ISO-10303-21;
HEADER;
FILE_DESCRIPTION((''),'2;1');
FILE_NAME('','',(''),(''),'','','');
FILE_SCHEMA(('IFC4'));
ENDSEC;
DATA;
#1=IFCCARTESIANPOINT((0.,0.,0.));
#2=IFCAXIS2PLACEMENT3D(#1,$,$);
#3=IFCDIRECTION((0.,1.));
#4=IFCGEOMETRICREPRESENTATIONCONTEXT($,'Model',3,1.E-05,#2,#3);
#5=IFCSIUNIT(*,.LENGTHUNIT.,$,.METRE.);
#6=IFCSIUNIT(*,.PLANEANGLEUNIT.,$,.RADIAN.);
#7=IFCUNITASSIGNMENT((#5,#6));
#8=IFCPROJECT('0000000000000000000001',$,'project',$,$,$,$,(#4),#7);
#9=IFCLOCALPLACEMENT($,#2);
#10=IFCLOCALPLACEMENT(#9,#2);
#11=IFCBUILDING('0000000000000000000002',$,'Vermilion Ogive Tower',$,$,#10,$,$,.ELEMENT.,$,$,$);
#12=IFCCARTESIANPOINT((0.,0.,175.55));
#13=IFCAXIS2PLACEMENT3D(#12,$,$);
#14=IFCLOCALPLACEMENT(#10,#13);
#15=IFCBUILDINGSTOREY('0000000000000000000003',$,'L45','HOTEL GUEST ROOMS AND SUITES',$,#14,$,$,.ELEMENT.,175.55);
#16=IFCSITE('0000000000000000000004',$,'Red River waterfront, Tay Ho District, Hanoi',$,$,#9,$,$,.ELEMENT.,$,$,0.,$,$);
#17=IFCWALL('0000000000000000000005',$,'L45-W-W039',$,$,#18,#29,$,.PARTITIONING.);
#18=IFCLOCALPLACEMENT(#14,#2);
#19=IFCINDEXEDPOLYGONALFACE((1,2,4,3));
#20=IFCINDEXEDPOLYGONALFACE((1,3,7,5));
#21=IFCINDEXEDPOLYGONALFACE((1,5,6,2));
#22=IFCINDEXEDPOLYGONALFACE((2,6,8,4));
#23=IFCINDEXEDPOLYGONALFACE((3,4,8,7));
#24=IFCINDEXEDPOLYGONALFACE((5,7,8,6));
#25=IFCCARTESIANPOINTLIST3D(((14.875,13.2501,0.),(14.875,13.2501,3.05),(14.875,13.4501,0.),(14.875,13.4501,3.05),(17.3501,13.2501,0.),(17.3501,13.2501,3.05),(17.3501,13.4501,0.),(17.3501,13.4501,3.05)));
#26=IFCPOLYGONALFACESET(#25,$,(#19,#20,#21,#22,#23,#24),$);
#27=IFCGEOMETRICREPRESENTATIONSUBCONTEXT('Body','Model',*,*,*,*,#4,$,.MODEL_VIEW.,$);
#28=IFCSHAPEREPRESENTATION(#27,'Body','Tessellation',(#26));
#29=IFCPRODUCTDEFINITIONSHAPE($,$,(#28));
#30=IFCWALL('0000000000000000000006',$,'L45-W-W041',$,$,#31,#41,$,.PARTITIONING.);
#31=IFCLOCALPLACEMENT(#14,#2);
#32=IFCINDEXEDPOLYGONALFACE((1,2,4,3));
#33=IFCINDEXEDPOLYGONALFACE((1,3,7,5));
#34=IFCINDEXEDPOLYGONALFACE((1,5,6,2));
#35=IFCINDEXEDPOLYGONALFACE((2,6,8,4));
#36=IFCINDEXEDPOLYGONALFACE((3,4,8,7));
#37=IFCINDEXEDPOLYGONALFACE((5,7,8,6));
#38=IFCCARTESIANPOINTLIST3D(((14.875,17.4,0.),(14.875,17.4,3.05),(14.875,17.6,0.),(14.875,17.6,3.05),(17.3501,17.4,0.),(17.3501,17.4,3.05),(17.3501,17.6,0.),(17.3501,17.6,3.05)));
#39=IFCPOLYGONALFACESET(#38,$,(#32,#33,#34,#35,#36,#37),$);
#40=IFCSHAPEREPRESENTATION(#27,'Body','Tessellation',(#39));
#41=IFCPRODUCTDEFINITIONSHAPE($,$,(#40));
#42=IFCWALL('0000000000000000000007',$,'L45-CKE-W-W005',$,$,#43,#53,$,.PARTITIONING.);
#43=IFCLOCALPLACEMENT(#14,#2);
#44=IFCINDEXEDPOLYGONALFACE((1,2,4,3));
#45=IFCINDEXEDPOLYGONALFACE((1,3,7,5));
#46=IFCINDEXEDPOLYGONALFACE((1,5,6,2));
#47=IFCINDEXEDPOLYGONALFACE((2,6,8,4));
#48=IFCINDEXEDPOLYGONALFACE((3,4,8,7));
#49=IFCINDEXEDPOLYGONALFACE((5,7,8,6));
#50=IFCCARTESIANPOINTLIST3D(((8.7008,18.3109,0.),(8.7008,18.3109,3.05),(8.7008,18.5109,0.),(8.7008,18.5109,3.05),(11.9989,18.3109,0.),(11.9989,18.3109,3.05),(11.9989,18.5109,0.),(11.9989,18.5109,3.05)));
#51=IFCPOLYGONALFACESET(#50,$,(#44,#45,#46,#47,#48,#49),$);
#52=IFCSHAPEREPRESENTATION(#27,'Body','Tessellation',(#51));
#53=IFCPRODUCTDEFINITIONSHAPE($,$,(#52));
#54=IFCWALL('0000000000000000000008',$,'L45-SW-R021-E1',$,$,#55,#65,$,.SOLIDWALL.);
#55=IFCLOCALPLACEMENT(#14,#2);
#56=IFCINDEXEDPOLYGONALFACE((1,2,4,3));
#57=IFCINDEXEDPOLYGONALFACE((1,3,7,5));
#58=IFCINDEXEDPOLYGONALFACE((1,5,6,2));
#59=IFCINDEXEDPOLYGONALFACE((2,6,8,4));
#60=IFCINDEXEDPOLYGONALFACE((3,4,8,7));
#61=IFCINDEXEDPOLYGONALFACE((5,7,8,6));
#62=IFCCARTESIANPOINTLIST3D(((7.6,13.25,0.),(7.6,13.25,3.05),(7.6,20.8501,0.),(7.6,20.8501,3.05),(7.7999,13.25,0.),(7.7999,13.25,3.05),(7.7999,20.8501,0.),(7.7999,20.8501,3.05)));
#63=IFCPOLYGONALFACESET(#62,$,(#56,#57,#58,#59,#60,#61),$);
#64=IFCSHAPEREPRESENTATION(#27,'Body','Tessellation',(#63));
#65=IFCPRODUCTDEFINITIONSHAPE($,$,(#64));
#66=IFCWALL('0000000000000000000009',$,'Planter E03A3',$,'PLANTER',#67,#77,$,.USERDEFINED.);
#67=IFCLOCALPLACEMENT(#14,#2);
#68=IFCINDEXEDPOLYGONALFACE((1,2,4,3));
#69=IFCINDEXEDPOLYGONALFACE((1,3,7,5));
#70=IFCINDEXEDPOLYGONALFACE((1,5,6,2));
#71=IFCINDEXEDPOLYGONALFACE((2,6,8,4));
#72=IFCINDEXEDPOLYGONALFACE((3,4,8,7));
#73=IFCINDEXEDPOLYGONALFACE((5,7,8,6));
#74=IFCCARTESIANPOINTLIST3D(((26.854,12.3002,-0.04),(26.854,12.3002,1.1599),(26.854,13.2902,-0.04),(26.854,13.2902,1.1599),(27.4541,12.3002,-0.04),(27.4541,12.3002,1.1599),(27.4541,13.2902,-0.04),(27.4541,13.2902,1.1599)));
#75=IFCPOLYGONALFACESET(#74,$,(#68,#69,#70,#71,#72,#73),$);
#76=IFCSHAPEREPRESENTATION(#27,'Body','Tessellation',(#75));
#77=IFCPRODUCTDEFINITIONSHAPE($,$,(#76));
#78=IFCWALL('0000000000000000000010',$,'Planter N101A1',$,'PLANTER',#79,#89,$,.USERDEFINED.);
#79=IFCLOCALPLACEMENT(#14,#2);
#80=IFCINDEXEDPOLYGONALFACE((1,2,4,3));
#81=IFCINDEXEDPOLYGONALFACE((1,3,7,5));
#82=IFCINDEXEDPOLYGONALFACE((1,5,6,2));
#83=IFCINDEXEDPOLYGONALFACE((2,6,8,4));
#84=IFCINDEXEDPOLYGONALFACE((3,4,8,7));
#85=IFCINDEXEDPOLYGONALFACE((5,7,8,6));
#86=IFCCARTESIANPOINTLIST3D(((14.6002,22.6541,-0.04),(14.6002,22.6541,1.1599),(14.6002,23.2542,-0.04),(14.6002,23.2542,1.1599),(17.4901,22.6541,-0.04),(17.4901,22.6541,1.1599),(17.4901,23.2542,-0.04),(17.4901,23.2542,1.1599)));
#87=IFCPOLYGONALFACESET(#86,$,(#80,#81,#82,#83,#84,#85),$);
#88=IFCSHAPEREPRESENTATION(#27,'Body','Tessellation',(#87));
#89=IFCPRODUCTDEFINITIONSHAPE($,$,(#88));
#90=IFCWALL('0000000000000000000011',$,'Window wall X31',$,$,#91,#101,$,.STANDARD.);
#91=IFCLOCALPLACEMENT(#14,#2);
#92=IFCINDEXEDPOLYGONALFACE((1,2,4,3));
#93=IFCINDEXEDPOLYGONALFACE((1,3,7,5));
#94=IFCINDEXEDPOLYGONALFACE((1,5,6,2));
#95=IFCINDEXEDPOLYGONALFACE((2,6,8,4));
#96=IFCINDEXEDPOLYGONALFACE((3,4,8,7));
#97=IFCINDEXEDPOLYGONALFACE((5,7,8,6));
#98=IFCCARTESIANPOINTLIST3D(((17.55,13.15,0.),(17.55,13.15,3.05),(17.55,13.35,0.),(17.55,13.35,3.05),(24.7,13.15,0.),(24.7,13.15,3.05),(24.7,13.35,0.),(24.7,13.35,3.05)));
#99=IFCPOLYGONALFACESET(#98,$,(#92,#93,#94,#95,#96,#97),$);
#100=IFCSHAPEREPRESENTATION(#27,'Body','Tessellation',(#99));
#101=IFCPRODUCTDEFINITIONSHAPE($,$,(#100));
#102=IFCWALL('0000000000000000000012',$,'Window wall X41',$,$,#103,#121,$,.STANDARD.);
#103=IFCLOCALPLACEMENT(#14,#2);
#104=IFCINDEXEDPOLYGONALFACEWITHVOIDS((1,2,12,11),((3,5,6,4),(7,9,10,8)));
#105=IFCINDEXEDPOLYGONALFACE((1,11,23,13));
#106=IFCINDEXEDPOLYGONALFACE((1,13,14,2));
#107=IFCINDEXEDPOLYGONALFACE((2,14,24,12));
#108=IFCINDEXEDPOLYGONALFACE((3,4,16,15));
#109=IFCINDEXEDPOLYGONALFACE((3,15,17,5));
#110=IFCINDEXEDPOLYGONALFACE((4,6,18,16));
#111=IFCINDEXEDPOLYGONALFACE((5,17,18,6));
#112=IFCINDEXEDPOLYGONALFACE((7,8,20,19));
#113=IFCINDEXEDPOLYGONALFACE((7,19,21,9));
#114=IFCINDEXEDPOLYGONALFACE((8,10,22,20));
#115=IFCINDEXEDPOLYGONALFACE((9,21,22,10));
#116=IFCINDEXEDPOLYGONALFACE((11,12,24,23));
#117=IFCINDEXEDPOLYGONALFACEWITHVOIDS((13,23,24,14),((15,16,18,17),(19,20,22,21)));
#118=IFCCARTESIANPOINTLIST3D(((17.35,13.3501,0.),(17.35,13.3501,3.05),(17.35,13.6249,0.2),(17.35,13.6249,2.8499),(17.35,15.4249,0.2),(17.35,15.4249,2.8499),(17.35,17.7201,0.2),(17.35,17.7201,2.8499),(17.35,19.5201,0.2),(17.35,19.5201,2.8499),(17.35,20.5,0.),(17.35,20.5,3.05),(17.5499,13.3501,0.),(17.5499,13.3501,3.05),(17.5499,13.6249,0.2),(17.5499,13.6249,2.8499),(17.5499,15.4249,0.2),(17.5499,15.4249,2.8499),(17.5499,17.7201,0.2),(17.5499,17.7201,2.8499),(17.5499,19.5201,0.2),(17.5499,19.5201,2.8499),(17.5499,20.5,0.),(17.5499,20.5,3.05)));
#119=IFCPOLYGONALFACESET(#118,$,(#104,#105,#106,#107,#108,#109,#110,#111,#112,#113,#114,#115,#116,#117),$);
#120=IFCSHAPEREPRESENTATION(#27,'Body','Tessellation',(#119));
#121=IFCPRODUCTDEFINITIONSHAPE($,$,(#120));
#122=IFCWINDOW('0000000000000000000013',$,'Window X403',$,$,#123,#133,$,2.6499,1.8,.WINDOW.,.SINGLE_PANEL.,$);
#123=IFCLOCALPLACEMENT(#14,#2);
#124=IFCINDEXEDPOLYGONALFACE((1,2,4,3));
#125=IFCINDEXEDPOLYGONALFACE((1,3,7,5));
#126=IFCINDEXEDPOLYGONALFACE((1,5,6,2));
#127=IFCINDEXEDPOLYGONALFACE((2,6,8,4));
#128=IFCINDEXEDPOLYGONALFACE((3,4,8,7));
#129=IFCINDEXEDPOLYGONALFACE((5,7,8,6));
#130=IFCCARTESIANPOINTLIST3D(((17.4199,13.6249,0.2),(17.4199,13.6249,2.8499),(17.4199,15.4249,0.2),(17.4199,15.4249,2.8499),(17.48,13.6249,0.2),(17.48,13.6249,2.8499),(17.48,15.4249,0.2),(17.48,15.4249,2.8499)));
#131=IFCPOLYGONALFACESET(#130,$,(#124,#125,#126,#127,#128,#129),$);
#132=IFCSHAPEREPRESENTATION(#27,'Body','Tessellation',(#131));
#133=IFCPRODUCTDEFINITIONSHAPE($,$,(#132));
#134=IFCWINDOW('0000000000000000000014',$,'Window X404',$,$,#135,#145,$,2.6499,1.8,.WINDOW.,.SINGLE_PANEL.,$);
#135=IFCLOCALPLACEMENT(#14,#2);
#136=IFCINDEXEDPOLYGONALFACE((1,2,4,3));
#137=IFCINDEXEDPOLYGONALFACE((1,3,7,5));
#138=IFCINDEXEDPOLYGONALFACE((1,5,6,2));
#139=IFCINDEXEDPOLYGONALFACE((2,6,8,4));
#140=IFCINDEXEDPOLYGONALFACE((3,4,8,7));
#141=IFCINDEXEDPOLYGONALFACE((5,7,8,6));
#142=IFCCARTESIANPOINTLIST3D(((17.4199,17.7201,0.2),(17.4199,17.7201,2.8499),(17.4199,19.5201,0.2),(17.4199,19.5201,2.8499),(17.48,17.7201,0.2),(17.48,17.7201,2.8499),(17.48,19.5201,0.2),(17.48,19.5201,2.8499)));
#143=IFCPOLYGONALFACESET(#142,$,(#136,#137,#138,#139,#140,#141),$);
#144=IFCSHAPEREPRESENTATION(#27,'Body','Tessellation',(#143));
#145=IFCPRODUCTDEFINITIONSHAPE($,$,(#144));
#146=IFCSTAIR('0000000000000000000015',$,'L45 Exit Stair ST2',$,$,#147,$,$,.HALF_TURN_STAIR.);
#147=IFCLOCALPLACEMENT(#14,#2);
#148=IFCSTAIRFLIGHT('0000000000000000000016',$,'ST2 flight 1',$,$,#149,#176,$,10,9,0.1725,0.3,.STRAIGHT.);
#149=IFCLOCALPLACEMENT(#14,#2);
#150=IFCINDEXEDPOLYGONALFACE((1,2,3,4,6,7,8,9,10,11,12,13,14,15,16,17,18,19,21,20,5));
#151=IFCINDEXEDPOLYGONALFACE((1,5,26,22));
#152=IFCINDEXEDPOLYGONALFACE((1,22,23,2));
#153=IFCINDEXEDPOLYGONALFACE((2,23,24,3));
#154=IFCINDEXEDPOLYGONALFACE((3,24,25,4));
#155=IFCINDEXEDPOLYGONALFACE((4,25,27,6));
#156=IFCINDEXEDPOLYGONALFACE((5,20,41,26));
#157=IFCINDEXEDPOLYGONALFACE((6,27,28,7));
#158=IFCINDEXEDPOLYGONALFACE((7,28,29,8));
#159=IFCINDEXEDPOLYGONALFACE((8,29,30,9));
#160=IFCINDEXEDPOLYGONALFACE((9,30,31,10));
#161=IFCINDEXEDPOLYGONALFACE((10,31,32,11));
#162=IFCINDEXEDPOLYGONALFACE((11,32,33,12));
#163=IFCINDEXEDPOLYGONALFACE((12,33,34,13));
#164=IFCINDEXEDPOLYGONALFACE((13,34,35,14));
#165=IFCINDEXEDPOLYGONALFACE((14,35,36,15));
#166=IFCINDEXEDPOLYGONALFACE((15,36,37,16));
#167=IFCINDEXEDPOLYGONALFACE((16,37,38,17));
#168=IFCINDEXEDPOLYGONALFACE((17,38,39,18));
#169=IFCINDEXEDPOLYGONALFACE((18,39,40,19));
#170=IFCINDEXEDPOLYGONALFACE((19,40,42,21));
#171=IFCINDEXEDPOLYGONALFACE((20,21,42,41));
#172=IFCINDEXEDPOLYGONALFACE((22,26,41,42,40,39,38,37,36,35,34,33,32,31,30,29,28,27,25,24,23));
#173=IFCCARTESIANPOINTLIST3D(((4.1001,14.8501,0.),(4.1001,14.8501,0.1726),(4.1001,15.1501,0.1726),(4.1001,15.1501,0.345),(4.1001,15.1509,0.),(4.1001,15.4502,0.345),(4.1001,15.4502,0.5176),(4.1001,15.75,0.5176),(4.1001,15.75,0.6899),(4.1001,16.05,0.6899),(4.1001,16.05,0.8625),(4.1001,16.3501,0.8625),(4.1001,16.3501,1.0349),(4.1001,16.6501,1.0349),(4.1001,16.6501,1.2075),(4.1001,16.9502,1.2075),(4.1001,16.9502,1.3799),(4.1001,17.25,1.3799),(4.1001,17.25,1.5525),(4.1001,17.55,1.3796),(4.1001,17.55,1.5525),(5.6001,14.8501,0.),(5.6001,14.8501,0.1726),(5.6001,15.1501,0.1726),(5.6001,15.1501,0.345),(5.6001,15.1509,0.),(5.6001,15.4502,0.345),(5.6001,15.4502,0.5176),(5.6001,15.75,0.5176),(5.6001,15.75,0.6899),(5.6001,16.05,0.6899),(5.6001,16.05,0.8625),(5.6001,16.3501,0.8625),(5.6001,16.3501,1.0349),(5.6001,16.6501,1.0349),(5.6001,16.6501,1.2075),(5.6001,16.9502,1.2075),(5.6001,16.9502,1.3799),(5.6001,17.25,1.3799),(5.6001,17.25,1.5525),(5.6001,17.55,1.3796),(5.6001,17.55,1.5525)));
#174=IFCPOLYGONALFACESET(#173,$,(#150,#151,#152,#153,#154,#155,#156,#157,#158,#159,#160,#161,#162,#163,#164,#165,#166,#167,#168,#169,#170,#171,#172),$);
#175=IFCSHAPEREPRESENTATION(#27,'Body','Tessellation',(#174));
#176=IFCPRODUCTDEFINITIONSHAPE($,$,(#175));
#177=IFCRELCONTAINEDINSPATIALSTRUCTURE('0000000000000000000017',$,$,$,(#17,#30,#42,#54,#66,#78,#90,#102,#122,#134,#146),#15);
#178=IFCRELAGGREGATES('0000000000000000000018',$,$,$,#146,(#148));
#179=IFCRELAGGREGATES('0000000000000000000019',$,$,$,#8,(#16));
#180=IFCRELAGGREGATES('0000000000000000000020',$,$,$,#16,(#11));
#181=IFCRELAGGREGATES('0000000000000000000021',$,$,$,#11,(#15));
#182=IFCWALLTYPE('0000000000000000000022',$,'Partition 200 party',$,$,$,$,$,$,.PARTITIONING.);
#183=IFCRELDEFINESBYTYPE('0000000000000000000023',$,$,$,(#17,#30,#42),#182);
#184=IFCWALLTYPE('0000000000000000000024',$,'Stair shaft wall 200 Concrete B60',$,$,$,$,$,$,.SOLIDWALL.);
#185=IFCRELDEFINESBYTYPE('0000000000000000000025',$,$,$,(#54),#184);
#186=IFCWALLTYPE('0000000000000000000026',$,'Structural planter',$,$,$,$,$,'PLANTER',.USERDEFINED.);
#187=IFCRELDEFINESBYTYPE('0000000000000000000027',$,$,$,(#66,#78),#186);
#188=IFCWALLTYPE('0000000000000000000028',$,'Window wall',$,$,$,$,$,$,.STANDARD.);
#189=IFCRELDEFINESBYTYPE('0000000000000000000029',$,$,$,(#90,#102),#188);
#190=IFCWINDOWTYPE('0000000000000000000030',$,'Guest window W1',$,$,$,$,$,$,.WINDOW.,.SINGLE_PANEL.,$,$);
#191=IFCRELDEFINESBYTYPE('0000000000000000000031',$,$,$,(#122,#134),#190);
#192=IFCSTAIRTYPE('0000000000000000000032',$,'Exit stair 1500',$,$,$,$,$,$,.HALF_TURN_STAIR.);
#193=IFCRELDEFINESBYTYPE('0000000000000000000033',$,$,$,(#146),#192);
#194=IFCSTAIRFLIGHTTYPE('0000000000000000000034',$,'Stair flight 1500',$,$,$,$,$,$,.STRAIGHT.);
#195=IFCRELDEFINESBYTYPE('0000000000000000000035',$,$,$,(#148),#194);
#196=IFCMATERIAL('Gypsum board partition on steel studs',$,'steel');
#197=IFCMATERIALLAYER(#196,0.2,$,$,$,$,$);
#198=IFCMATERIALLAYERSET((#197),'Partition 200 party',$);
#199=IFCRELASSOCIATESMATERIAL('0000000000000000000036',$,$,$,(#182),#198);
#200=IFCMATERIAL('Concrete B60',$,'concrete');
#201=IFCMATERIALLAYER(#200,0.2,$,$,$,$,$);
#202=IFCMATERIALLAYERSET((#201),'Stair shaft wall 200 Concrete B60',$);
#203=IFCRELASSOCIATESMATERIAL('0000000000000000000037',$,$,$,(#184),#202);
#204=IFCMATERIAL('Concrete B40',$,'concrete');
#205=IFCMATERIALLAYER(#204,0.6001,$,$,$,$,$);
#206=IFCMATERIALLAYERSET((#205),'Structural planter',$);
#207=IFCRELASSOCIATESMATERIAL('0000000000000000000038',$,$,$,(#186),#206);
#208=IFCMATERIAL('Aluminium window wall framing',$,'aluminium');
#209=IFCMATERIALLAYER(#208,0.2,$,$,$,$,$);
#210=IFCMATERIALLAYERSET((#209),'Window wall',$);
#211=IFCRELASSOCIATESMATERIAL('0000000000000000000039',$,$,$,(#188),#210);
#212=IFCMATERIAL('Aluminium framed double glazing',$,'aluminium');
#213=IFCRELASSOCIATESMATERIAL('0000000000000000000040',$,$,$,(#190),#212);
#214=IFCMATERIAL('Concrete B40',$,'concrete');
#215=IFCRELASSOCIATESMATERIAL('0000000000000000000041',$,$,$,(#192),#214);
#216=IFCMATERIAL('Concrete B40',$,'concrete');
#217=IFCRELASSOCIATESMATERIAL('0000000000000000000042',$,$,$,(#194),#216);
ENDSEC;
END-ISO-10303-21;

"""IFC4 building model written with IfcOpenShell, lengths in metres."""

from ifc_helpers import new_model, si_unit, direction, frame, frame_2d, origin, place, context, subcontext, project, spatial, polyline, rectangle, outline, extrude, material, layer, layer_set, type_object, element, fill, aggregate, save


model = new_model("IFC4")

# Units and contexts
model_context = context("Model", 3, precision=1e-05, world=origin(), true_north=direction((0.0, 1.0)))
body_context = subcontext(model_context, "Body", "Model", "MODEL_VIEW")
ifc_project = project(units=[si_unit("LENGTHUNIT", "METRE"), si_unit("PLANEANGLEUNIT", "RADIAN")], contexts=[model_context])

# Site, building, storey
site_placement = place(None, origin())
site = spatial("IfcSite", under=ifc_project, at=site_placement, Name="Red River waterfront, Tay Ho District, Hanoi", CompositionType="ELEMENT", RefElevation=0.0)
building_placement = place(site_placement, origin())
building = spatial("IfcBuilding", under=site, at=building_placement, Name="Vermilion Ogive Tower", CompositionType="ELEMENT")
storey_placement = place(building_placement, frame((0.0, 0.0, 175.55)))
storey = spatial("IfcBuildingStorey", under=building, at=storey_placement, Name="L45", Description="HOTEL GUEST ROOMS AND SUITES", CompositionType="ELEMENT", Elevation=175.55)

# Walls
ifc_material_1 = material(Name="Gypsum board partition on steel studs", Category="steel")
ifc_layer_1 = layer(ifc_material_1, 0.2)
ifc_layer_set_1 = layer_set([ifc_layer_1], Name="Partition 200 party")
wall_type_1 = type_object("IfcWallType", Name="Partition 200 party", PredefinedType="PARTITIONING", material=ifc_layer_set_1)
for number, where, z_axis, x_axis, name in (
    (1, (14.875, 13.3501, 0.0), (0.0, 0.0, 1.0), (1.0, 0.0, 0.0), "L45-W-W039"),
    (2, (14.875, 17.5, 0.0), (0.0, 0.0, 1.0), (1.0, 0.0, 0.0), "L45-W-W041"),
):
    element("IfcWall", number, at=place(storey_placement, frame(where, z_axis=z_axis, x_axis=x_axis)), inside=storey, type_object=wall_type_1, Name=name, PredefinedType="PARTITIONING", context=body_context, shape_type="SweptSolid", body=[
        extrude(rectangle(XDim=2.4751, YDim=0.2, at=frame_2d((1.2375, 0.0))), origin(), (0.0, 0.0, 1.0), 3.05),
    ])
wall_1_placement = place(storey_placement, frame((8.7009, 18.4109, 0.0), z_axis=(0.0, 0.0, 1.0), x_axis=(1.0, 0.0, 0.0)))
element("IfcWall", 3, at=wall_1_placement, inside=storey, type_object=wall_type_1, Name="L45-CKE-W-W005", PredefinedType="PARTITIONING", context=body_context, shape_type="SweptSolid", body=[
    extrude(rectangle(XDim=3.2981, YDim=0.2, at=frame_2d((1.6489, 0.0))), origin(), (0.0, 0.0, 1.0), 3.05),
])
ifc_material_2 = material(Name="Concrete B60", Category="concrete")
ifc_layer_2 = layer(ifc_material_2, 0.2)
ifc_layer_set_2 = layer_set([ifc_layer_2], Name="Stair shaft wall 200 Concrete B60")
wall_type_2 = type_object("IfcWallType", Name="Stair shaft wall 200 Concrete B60", PredefinedType="SOLIDWALL", material=ifc_layer_set_2)
wall_2_placement = place(storey_placement, frame((7.7, 13.25, 0.0), z_axis=(0.0, 0.0, 1.0), x_axis=(0.0, 1.0, 0.0)))
element("IfcWall", 4, at=wall_2_placement, inside=storey, type_object=wall_type_2, Name="L45-SW-R021-E1", PredefinedType="SOLIDWALL", context=body_context, shape_type="SweptSolid", body=[
    extrude(rectangle(XDim=7.6001, YDim=0.2, at=frame_2d((3.8, 0.0))), origin(), (0.0, 0.0, 1.0), 3.05),
])
ifc_material_3 = material(Name="Concrete B40", Category="concrete")
ifc_layer_3 = layer(ifc_material_3, 0.6001)
ifc_layer_set_3 = layer_set([ifc_layer_3], Name="Structural planter")
wall_type_3 = type_object("IfcWallType", Name="Structural planter", ElementType="PLANTER", PredefinedType="USERDEFINED", material=ifc_layer_set_3)
wall_3_placement = place(storey_placement, frame((27.1541, 12.3, -0.04), z_axis=(0.0, 0.0, 1.0), x_axis=(0.0, 1.0, 0.0)))
element("IfcWall", 5, at=wall_3_placement, inside=storey, type_object=wall_type_3, Name="Planter E03A3", ObjectType="PLANTER", PredefinedType="USERDEFINED", context=body_context, shape_type="SweptSolid", body=[
    extrude(rectangle(XDim=0.99, YDim=0.6001, at=frame_2d((0.4951, 0.0))), origin(), (0.0, 0.0, 1.0), 1.2),
])
wall_4_placement = place(storey_placement, frame((17.49, 22.9541, -0.04), z_axis=(0.0, 0.0, 1.0), x_axis=(-1.0, 0.0, 0.0)))
element("IfcWall", 6, at=wall_4_placement, inside=storey, type_object=wall_type_3, Name="Planter N101A1", ObjectType="PLANTER", PredefinedType="USERDEFINED", context=body_context, shape_type="SweptSolid", body=[
    extrude(rectangle(XDim=2.8899, YDim=0.6001, at=frame_2d((1.4448, 0.0))), origin(), (0.0, 0.0, 1.0), 1.2),
])
ifc_material_4 = material(Name="Aluminium window wall framing", Category="aluminium")
ifc_layer_4 = layer(ifc_material_4, 0.2)
ifc_layer_set_4 = layer_set([ifc_layer_4], Name="Window wall")
wall_type_4 = type_object("IfcWallType", Name="Window wall", PredefinedType="STANDARD", material=ifc_layer_set_4)
wall_5_placement = place(storey_placement, frame((24.7, 13.25, 0.0), z_axis=(0.0, 0.0, 1.0), x_axis=(-1.0, 0.0, 0.0)))
element("IfcWall", 7, at=wall_5_placement, inside=storey, type_object=wall_type_4, Name="Window wall X31", PredefinedType="STANDARD", context=body_context, shape_type="SweptSolid", body=[
    extrude(rectangle(XDim=7.1499, YDim=0.2, at=frame_2d((3.575, 0.0))), origin(), (0.0, 0.0, 1.0), 3.05),
])

# Wall, openings, windows
wall_6_placement = place(storey_placement, frame((17.45, 13.3501, 0.0), z_axis=(0.0, 0.0, 1.0), x_axis=(0.0, 1.0, 0.0)))
wall_6 = element("IfcWall", 8, at=wall_6_placement, inside=storey, type_object=wall_type_4, Name="Window wall X41", PredefinedType="STANDARD", context=body_context, shape_type="SweptSolid", body=[
    extrude(rectangle(XDim=7.1499, YDim=0.2, at=frame_2d((3.575, 0.0))), origin(), (0.0, 0.0, 1.0), 3.05),
])
opening_1_placement = place(wall_6_placement, frame((0.2749, 0.0, 0.2)))
opening_1 = element("IfcOpeningElement", 9, at=opening_1_placement, cuts=wall_6, PredefinedType="OPENING", context=body_context, shape_type="SweptSolid", body=[
    extrude(rectangle(XDim=1.8, YDim=2.6499, at=frame_2d((0.8999, 1.325))), frame((0.0, 0.1099, 0.0), z_axis=(0.0, -1.0, 0.0), x_axis=(1.0, 0.0, 0.0)), (0.0, 0.0, 1.0), 0.22),
])
opening_2_placement = place(wall_6_placement, frame((4.3701, 0.0, 0.2)))
opening_2 = element("IfcOpeningElement", 10, at=opening_2_placement, cuts=wall_6, PredefinedType="OPENING", context=body_context, shape_type="SweptSolid", body=[
    extrude(rectangle(XDim=1.8, YDim=2.6499, at=frame_2d((0.8999, 1.325))), frame((0.0, 0.1099, 0.0), z_axis=(0.0, -1.0, 0.0), x_axis=(1.0, 0.0, 0.0)), (0.0, 0.0, 1.0), 0.22),
])
ifc_material_5 = material(Name="Aluminium framed double glazing", Category="aluminium")
window_type = type_object("IfcWindowType", Name="Guest window W1", PartitioningType="SINGLE_PANEL", PredefinedType="WINDOW", material=ifc_material_5)
window_1_placement = place(opening_1_placement, origin())
window_1 = element("IfcWindow", 11, at=window_1_placement, inside=storey, type_object=window_type, Name="Window X403", OverallHeight=2.6499, OverallWidth=1.8, PartitioningType="SINGLE_PANEL", PredefinedType="WINDOW", context=body_context, shape_type="SweptSolid", body=[
    extrude(rectangle(XDim=1.8, YDim=2.6499, at=frame_2d((0.8999, 1.325))), frame((0.0, 0.03, 0.0), z_axis=(0.0, -1.0, 0.0), x_axis=(1.0, 0.0, 0.0)), (0.0, 0.0, 1.0), 0.0601),
])
fill(opening_1, window_1)
window_2_placement = place(opening_2_placement, origin())
window_2 = element("IfcWindow", 12, at=window_2_placement, inside=storey, type_object=window_type, Name="Window X404", OverallHeight=2.6499, OverallWidth=1.8, PartitioningType="SINGLE_PANEL", PredefinedType="WINDOW", context=body_context, shape_type="SweptSolid", body=[
    extrude(rectangle(XDim=1.8, YDim=2.6499, at=frame_2d((0.8999, 1.325))), frame((0.0, 0.03, 0.0), z_axis=(0.0, -1.0, 0.0), x_axis=(1.0, 0.0, 0.0)), (0.0, 0.0, 1.0), 0.0601),
])
fill(opening_2, window_2)

# Stair, stair flight
ifc_material_6 = material(Name="Concrete B40", Category="concrete")
stair_type = type_object("IfcStairType", Name="Exit stair 1500", PredefinedType="HALF_TURN_STAIR", material=ifc_material_6)
stair_placement = place(storey_placement, origin())
stair = element("IfcStair", 13, at=stair_placement, inside=storey, type_object=stair_type, Name="L45 Exit Stair ST2", PredefinedType="HALF_TURN_STAIR")
ifc_material_7 = material(Name="Concrete B40", Category="concrete")
stair_flight_type = type_object("IfcStairFlightType", Name="Stair flight 1500", PredefinedType="STRAIGHT", material=ifc_material_7)
stair_flight_1_placement = place(storey_placement, frame((4.8501, 14.8501, 0.0), z_axis=(0.0, 0.0, 1.0), x_axis=(0.0, 1.0, 0.0)))
stair_flight_1 = element("IfcStairFlight", 14, at=stair_flight_1_placement, type_object=stair_flight_type, Name="ST2 flight 1", NumberOfRisers=10, NumberOfTreads=9, PredefinedType="STRAIGHT", RiserHeight=0.1725, TreadLength=0.3, context=body_context, shape_type="SweptSolid", body=[
    extrude(outline(polyline([(0.0, 0.0), (0.0, 0.1726), (0.3, 0.1726), (0.3, 0.345), (0.6001, 0.345), (0.6001, 0.5176), (0.8999, 0.5176), (0.8999, 0.6899), (1.2, 0.6899), (1.2, 0.8625), (1.5, 0.8625), (1.5, 1.0349), (1.8, 1.0349), (1.8, 1.2075), (2.1001, 1.2075), (2.1001, 1.3799), (2.3999, 1.3799), (2.3999, 1.5525), (2.7, 1.5525), (2.7, 1.7251), (2.7, 1.3796), (0.3008, 0.0), (0.0, 0.0)])), frame((0.0, 0.75, 0.0), z_axis=(0.0, -1.0, 0.0), x_axis=(1.0, 0.0, 0.0)), (0.0, 0.0, 1.0), 1.5),
])
aggregate(stair, [stair_flight_1])

save(model, "model.ifc")
